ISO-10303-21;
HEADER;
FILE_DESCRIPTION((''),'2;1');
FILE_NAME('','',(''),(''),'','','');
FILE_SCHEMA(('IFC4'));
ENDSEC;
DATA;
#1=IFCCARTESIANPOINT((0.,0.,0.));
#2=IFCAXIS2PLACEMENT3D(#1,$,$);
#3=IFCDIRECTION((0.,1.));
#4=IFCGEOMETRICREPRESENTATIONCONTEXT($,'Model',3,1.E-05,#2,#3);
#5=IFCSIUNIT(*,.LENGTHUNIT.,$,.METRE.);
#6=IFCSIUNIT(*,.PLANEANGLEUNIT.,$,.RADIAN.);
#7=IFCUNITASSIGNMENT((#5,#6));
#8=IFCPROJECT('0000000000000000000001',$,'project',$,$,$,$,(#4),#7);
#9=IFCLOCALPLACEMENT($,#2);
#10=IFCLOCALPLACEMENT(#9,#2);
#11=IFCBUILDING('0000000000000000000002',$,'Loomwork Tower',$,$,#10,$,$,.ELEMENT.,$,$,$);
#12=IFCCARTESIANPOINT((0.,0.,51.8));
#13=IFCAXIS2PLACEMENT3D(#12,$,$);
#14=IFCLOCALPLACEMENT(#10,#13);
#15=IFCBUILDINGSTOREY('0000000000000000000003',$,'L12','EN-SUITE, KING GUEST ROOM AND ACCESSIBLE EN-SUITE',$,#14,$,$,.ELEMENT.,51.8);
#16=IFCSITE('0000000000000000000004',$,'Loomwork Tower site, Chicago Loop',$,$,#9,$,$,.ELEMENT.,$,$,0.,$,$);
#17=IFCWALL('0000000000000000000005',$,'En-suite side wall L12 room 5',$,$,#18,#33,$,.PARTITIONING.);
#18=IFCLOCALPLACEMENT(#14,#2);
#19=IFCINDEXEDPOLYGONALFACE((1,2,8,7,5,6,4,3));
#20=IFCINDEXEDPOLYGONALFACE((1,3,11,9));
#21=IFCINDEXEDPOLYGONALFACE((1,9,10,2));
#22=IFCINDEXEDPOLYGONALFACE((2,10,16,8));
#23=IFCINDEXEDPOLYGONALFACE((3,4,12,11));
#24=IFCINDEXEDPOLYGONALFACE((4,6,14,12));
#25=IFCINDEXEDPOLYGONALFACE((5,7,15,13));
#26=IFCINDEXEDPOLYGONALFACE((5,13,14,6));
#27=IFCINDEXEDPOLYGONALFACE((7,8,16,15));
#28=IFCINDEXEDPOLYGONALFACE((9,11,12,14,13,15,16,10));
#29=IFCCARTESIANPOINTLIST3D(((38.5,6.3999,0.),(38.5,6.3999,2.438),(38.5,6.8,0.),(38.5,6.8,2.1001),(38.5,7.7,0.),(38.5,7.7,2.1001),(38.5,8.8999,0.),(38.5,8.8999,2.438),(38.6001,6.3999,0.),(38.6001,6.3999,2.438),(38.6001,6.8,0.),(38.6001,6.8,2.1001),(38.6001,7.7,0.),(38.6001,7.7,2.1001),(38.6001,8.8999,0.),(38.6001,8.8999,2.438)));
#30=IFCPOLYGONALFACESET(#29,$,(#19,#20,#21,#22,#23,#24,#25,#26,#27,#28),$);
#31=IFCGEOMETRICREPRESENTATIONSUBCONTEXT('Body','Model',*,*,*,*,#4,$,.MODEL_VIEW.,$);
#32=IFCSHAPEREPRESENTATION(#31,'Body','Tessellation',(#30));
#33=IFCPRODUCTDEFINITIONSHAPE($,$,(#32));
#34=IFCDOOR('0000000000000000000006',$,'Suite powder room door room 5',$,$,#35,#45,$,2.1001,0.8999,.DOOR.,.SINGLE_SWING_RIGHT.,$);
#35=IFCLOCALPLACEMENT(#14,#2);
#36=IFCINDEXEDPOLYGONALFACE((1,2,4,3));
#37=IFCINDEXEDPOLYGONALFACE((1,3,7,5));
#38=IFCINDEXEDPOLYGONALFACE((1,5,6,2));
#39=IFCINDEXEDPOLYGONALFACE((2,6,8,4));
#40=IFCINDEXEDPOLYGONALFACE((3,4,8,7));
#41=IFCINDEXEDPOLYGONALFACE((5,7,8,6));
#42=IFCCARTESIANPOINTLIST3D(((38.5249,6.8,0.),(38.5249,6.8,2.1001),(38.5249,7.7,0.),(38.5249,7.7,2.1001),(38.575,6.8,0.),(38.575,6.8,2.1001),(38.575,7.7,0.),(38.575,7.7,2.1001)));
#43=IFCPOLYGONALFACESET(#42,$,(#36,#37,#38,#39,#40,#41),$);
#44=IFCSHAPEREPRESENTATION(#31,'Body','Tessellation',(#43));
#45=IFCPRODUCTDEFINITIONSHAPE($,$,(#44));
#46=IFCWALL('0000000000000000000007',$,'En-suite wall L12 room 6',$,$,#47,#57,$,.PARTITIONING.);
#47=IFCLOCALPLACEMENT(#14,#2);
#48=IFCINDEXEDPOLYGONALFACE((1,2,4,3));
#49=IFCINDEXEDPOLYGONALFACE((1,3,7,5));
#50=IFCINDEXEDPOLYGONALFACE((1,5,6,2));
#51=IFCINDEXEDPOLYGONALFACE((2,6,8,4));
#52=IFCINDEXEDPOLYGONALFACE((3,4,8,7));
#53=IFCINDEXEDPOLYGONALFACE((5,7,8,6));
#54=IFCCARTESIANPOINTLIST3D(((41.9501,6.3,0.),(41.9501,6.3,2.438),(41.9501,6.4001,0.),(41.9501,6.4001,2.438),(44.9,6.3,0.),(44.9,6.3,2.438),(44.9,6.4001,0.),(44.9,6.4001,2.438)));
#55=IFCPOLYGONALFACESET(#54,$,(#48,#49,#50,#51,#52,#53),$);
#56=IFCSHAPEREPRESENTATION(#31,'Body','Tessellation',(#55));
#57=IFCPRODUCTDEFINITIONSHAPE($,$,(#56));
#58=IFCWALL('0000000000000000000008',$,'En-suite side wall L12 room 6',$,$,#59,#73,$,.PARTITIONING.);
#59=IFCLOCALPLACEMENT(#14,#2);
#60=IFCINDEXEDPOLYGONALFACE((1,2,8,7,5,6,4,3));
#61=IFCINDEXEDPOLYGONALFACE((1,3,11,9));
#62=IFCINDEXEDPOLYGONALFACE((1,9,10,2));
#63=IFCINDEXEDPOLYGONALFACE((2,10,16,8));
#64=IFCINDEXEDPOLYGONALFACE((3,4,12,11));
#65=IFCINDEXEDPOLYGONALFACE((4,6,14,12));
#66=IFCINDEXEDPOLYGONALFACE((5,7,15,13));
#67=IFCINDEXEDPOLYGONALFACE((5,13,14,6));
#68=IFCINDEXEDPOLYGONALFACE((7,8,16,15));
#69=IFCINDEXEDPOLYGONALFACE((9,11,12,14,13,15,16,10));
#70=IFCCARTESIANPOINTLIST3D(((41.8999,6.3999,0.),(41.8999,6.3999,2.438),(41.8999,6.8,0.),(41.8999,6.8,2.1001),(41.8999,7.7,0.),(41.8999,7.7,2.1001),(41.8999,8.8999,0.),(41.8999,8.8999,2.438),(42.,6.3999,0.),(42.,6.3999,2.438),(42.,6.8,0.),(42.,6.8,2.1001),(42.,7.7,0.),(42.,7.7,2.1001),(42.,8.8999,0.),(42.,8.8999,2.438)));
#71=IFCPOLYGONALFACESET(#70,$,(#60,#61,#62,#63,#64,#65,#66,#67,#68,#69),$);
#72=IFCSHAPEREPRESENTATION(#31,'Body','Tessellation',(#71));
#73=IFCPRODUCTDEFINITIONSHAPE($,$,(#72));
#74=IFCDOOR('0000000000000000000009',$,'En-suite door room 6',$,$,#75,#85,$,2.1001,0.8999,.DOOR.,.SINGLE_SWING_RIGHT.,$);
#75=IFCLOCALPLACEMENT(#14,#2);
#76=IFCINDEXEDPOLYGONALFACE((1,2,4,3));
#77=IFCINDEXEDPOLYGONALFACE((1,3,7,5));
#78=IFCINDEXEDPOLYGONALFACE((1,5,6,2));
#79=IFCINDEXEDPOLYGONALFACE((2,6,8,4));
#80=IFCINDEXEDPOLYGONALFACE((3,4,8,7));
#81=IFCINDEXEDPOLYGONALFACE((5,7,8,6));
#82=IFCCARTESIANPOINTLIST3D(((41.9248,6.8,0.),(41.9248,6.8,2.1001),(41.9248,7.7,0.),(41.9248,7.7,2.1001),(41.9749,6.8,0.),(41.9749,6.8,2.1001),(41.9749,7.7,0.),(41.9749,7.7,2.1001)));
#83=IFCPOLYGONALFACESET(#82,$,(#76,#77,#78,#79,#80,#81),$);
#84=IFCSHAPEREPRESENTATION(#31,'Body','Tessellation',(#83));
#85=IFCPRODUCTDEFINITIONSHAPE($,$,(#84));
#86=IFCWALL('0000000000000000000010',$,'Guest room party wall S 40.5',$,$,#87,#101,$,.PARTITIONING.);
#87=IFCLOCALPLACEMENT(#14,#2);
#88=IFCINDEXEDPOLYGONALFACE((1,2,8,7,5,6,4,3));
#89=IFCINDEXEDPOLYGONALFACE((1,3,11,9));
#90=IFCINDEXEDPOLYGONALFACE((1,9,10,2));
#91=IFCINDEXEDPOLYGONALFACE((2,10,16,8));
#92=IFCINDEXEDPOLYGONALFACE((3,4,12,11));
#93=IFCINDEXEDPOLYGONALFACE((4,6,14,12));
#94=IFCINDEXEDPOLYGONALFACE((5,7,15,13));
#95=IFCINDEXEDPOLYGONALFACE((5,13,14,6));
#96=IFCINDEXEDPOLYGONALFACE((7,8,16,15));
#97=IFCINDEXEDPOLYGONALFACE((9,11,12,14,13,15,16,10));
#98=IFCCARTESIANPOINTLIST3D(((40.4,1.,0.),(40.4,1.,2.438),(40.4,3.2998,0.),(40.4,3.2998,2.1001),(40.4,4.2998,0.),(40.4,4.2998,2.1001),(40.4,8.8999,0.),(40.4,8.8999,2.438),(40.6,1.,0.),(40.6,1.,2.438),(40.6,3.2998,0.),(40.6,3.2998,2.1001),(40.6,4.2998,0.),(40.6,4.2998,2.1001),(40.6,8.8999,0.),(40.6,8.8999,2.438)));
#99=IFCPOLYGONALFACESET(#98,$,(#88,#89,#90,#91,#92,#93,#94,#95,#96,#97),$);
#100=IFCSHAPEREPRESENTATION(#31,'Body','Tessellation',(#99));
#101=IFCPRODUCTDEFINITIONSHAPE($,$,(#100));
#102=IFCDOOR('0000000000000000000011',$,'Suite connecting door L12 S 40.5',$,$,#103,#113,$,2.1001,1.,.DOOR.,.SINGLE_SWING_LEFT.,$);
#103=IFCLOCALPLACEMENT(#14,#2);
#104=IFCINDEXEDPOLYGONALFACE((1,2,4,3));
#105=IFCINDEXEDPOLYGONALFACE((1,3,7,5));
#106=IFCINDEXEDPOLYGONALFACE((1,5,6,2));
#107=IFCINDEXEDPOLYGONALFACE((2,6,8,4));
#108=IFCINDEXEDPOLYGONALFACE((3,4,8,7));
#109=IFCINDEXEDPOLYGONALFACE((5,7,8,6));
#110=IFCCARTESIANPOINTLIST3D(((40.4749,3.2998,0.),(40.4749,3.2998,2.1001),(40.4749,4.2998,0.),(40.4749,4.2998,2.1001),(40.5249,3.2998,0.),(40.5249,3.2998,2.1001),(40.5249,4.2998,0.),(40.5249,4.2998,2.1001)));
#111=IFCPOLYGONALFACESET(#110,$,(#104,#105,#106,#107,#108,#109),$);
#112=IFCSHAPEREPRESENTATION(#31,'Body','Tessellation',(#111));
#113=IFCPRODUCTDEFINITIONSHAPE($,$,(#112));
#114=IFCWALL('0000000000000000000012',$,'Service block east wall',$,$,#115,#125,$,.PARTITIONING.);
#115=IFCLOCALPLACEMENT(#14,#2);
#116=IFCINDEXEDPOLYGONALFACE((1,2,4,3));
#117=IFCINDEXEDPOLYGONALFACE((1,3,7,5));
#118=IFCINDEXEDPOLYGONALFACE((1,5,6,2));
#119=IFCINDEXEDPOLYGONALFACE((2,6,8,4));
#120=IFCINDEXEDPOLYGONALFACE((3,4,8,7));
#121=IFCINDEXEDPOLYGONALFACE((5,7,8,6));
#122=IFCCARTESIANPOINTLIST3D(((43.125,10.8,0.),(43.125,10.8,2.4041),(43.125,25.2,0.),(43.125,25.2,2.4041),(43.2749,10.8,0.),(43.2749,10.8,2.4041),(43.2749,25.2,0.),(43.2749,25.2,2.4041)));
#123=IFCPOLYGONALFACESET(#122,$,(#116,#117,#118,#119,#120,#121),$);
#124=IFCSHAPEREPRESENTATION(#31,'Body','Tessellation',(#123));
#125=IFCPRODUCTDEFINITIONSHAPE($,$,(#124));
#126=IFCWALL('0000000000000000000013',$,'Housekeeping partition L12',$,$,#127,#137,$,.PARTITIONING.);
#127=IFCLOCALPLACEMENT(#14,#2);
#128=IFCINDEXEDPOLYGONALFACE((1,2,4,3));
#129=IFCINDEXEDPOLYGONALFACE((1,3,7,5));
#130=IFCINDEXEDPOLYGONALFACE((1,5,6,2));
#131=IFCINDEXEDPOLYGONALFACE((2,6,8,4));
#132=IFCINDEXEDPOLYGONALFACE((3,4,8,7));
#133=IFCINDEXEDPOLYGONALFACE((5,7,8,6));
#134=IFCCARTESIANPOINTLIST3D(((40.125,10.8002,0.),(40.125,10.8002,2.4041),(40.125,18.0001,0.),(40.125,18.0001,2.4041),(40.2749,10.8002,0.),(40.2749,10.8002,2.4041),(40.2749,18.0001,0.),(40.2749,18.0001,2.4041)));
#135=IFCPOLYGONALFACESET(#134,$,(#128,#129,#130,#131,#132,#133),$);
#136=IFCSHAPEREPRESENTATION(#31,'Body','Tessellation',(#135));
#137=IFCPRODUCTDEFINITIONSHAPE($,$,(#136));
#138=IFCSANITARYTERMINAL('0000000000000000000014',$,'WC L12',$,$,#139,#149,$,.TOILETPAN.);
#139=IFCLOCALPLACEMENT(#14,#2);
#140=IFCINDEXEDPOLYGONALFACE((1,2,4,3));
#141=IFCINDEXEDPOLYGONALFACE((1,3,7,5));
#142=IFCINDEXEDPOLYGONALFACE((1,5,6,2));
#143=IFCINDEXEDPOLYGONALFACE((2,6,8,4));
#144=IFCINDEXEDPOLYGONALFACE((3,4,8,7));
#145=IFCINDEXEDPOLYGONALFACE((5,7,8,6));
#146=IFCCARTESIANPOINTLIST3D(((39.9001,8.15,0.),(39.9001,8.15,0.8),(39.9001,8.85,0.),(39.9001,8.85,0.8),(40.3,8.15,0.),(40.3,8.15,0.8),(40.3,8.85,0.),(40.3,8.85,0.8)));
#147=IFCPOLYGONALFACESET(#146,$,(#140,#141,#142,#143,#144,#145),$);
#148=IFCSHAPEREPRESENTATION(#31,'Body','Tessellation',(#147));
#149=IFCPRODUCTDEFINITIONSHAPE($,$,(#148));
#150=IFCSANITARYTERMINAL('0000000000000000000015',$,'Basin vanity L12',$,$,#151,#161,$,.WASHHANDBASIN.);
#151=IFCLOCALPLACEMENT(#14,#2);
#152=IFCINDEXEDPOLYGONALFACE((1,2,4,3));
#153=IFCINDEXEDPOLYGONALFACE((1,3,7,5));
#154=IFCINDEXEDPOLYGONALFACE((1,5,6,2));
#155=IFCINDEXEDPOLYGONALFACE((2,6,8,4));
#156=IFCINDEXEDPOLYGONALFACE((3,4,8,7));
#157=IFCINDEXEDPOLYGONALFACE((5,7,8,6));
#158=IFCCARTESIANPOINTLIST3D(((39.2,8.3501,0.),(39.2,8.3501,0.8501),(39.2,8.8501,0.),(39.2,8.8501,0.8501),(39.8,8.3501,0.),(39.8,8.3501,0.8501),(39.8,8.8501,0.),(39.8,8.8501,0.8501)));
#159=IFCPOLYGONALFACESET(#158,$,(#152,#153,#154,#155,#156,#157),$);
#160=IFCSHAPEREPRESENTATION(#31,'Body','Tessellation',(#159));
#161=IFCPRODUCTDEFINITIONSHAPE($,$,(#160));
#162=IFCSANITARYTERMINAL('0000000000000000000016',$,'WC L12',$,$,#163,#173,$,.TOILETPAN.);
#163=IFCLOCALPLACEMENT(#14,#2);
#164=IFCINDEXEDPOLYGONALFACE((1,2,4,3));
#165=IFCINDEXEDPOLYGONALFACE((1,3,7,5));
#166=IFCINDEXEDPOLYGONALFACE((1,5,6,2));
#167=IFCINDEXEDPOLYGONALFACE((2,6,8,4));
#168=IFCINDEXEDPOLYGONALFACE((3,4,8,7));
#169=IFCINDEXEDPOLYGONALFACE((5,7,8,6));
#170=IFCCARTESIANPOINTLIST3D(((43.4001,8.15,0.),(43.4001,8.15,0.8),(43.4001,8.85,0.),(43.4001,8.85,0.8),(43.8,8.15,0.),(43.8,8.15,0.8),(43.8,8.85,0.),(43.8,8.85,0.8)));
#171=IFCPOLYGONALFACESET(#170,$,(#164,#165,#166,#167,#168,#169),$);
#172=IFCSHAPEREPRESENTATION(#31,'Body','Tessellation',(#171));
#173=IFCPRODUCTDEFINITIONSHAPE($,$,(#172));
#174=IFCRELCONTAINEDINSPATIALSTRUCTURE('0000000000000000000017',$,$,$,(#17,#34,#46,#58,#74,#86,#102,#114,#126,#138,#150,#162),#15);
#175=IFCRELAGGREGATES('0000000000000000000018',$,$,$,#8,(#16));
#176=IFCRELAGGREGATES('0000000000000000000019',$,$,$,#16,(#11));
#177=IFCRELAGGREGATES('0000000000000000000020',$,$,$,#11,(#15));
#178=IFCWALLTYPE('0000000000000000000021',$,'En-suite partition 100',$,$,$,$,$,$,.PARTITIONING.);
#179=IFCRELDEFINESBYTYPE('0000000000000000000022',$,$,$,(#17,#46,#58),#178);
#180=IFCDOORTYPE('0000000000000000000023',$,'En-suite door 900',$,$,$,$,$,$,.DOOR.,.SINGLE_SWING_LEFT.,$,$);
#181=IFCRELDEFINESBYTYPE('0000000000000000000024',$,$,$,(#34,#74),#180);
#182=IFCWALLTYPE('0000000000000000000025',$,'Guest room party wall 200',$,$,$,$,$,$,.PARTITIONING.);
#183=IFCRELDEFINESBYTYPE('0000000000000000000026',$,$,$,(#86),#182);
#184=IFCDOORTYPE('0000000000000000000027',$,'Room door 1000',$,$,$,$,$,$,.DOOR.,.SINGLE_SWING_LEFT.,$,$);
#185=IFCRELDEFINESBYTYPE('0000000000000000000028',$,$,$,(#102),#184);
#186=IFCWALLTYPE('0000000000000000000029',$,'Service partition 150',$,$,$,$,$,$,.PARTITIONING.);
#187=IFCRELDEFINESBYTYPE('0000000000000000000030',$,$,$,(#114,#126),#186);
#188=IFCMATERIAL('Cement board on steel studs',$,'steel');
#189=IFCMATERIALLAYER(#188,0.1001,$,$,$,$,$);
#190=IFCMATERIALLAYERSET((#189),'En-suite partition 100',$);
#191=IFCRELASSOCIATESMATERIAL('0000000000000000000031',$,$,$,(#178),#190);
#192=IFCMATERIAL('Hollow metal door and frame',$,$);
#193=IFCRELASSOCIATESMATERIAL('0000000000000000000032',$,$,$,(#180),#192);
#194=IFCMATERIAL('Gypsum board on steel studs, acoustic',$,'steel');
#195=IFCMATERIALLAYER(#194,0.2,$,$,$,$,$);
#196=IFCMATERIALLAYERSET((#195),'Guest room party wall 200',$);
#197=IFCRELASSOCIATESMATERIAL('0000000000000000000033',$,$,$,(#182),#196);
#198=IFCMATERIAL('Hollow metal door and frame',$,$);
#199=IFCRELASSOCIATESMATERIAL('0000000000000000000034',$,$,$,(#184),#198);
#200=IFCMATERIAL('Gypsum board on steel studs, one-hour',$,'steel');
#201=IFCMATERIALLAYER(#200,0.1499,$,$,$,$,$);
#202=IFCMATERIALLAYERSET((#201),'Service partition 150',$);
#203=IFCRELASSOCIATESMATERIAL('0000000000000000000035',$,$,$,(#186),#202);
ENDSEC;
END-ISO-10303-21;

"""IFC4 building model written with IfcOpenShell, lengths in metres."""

from ifc_helpers import new_model, si_unit, direction, frame, frame_2d, origin, origin_2d, place, context, subcontext, project, spatial, rectangle, extrude, material, layer, layer_set, type_object, element, fill, save


model = new_model("IFC4")

# Units and contexts
model_context = context("Model", 3, precision=1e-05, world=origin(), true_north=direction((0.0, 1.0)))
body_context = subcontext(model_context, "Body", "Model", "MODEL_VIEW")
ifc_project = project(units=[si_unit("LENGTHUNIT", "METRE"), si_unit("PLANEANGLEUNIT", "RADIAN")], contexts=[model_context])

# Site, building, storey
site_placement = place(None, origin())
site = spatial("IfcSite", under=ifc_project, at=site_placement, Name="Loomwork Tower site, Chicago Loop", CompositionType="ELEMENT", RefElevation=0.0)
building_placement = place(site_placement, origin())
building = spatial("IfcBuilding", under=site, at=building_placement, Name="Loomwork Tower", CompositionType="ELEMENT")
storey_placement = place(building_placement, frame((0.0, 0.0, 51.8)))
storey = spatial("IfcBuildingStorey", under=building, at=storey_placement, Name="L12", Description="EN-SUITE, KING GUEST ROOM AND ACCESSIBLE EN-SUITE", CompositionType="ELEMENT", Elevation=51.8)

# Shared definitions
ifc_material_1 = material(Name="Cement board on steel studs", Category="steel")
ifc_layer_1 = layer(ifc_material_1, 0.1001)
ifc_layer_set_1 = layer_set([ifc_layer_1], Name="En-suite partition 100")
wall_type_1 = type_object("IfcWallType", Name="En-suite partition 100", PredefinedType="PARTITIONING", material=ifc_layer_set_1)

# Wall, opening, door
wall_1_placement = place(storey_placement, frame((38.55, 8.8999, 0.0), z_axis=(0.0, 0.0, 1.0), x_axis=(0.0, -1.0, 0.0)))
wall_1 = element("IfcWall", 1, at=wall_1_placement, inside=storey, type_object=wall_type_1, Name="En-suite side wall L12 room 5", PredefinedType="PARTITIONING", context=body_context, shape_type="SweptSolid", body=[
    extrude(rectangle(XDim=2.5, YDim=0.1001, at=frame_2d((1.25, 0.0))), origin(), (0.0, 0.0, 1.0), 2.438),
])
opening_1_placement = place(wall_1_placement, frame((1.2, 0.0, 0.0)))
opening_1 = element("IfcOpeningElement", 2, at=opening_1_placement, cuts=wall_1, PredefinedType="OPENING", context=body_context, shape_type="SweptSolid", body=[
    extrude(rectangle(XDim=0.8999, YDim=2.1001, at=frame_2d((0.45, 1.05))), frame((0.0, 0.0601, 0.0), z_axis=(0.0, -1.0, 0.0), x_axis=(1.0, 0.0, 0.0)), (0.0, 0.0, 1.0), 0.1201),
])
ifc_material_2 = material(Name="Hollow metal door and frame")
door_type_1 = type_object("IfcDoorType", Name="En-suite door 900", OperationType="SINGLE_SWING_LEFT", PredefinedType="DOOR", material=ifc_material_2)
door_1_placement = place(opening_1_placement, origin())
door_1 = element("IfcDoor", 3, at=door_1_placement, inside=storey, type_object=door_type_1, Name="Suite powder room door room 5", OperationType="SINGLE_SWING_RIGHT", OverallHeight=2.1001, OverallWidth=0.8999, PredefinedType="DOOR", context=body_context, shape_type="SweptSolid", body=[
    extrude(rectangle(XDim=0.8999, YDim=2.1001, at=frame_2d((0.45, 1.05))), frame((0.0, 0.0249, 0.0), z_axis=(0.0, -1.0, 0.0), x_axis=(1.0, 0.0, 0.0)), (0.0, 0.0, 1.0), 0.05),
])
fill(opening_1, door_1)

# Wall
wall_2_placement = place(storey_placement, frame((41.95, 6.3501, 0.0), z_axis=(0.0, 0.0, 1.0), x_axis=(1.0, 0.0, 0.0)))
element("IfcWall", 4, at=wall_2_placement, inside=storey, type_object=wall_type_1, Name="En-suite wall L12 room 6", PredefinedType="PARTITIONING", context=body_context, shape_type="SweptSolid", body=[
    extrude(rectangle(XDim=2.95, YDim=0.1001, at=frame_2d((1.4751, 0.0))), origin(), (0.0, 0.0, 1.0), 2.438),
])

# Walls, openings, doors
wall_3_placement = place(storey_placement, frame((41.95, 8.8999, 0.0), z_axis=(0.0, 0.0, 1.0), x_axis=(0.0, -1.0, 0.0)))
wall_3 = element("IfcWall", 5, at=wall_3_placement, inside=storey, type_object=wall_type_1, Name="En-suite side wall L12 room 6", PredefinedType="PARTITIONING", context=body_context, shape_type="SweptSolid", body=[
    extrude(rectangle(XDim=2.5, YDim=0.1001, at=frame_2d((1.25, 0.0))), origin(), (0.0, 0.0, 1.0), 2.438),
])
opening_2_placement = place(wall_3_placement, frame((1.2, 0.0, 0.0)))
opening_2 = element("IfcOpeningElement", 6, at=opening_2_placement, cuts=wall_3, PredefinedType="OPENING", context=body_context, shape_type="SweptSolid", body=[
    extrude(rectangle(XDim=0.8999, YDim=2.1001, at=frame_2d((0.45, 1.05))), frame((0.0, 0.0601, 0.0), z_axis=(0.0, -1.0, 0.0), x_axis=(1.0, 0.0, 0.0)), (0.0, 0.0, 1.0), 0.1201),
])
door_2_placement = place(opening_2_placement, origin())
door_2 = element("IfcDoor", 7, at=door_2_placement, inside=storey, type_object=door_type_1, Name="En-suite door room 6", OperationType="SINGLE_SWING_RIGHT", OverallHeight=2.1001, OverallWidth=0.8999, PredefinedType="DOOR", context=body_context, shape_type="SweptSolid", body=[
    extrude(rectangle(XDim=0.8999, YDim=2.1001, at=frame_2d((0.45, 1.05))), frame((0.0, 0.0249, 0.0), z_axis=(0.0, -1.0, 0.0), x_axis=(1.0, 0.0, 0.0)), (0.0, 0.0, 1.0), 0.05),
])
fill(opening_2, door_2)
ifc_material_3 = material(Name="Gypsum board on steel studs, acoustic", Category="steel")
ifc_layer_2 = layer(ifc_material_3, 0.2)
ifc_layer_set_2 = layer_set([ifc_layer_2], Name="Guest room party wall 200")
wall_type_2 = type_object("IfcWallType", Name="Guest room party wall 200", PredefinedType="PARTITIONING", material=ifc_layer_set_2)
wall_4_placement = place(storey_placement, frame((40.5, 8.8999, 0.0), z_axis=(0.0, 0.0, 1.0), x_axis=(0.0, -1.0, 0.0)))
wall_4 = element("IfcWall", 8, at=wall_4_placement, inside=storey, type_object=wall_type_2, Name="Guest room party wall S 40.5", PredefinedType="PARTITIONING", context=body_context, shape_type="SweptSolid", body=[
    extrude(rectangle(XDim=7.8999, YDim=0.2, at=frame_2d((3.95, 0.0))), origin(), (0.0, 0.0, 1.0), 2.438),
])
opening_3_placement = place(wall_4_placement, frame((4.6001, 0.0, 0.0)))
opening_3 = element("IfcOpeningElement", 9, at=opening_3_placement, cuts=wall_4, PredefinedType="OPENING", context=body_context, shape_type="SweptSolid", body=[
    extrude(rectangle(XDim=1.0, YDim=2.1001, at=frame_2d((0.5, 1.05))), frame((0.0, 0.1099, 0.0), z_axis=(0.0, -1.0, 0.0), x_axis=(1.0, 0.0, 0.0)), (0.0, 0.0, 1.0), 0.22),
])
ifc_material_4 = material(Name="Hollow metal door and frame")
door_type_2 = type_object("IfcDoorType", Name="Room door 1000", OperationType="SINGLE_SWING_LEFT", PredefinedType="DOOR", material=ifc_material_4)
door_3_placement = place(opening_3_placement, origin())
door_3 = element("IfcDoor", 10, at=door_3_placement, inside=storey, type_object=door_type_2, Name="Suite connecting door L12 S 40.5", OperationType="SINGLE_SWING_LEFT", OverallHeight=2.1001, OverallWidth=1.0, PredefinedType="DOOR", context=body_context, shape_type="SweptSolid", body=[
    extrude(rectangle(XDim=1.0, YDim=2.1001, at=frame_2d((0.5, 1.05))), frame((0.0, 0.0249, 0.0), z_axis=(0.0, -1.0, 0.0), x_axis=(1.0, 0.0, 0.0)), (0.0, 0.0, 1.0), 0.05),
])
fill(opening_3, door_3)

# Walls
ifc_material_5 = material(Name="Gypsum board on steel studs, one-hour", Category="steel")
ifc_layer_3 = layer(ifc_material_5, 0.1499)
ifc_layer_set_3 = layer_set([ifc_layer_3], Name="Service partition 150")
wall_type_3 = type_object("IfcWallType", Name="Service partition 150", PredefinedType="PARTITIONING", material=ifc_layer_set_3)
wall_5_placement = place(storey_placement, frame((43.2, 10.8, 0.0), z_axis=(0.0, 0.0, 1.0), x_axis=(0.0, 1.0, 0.0)))
element("IfcWall", 11, at=wall_5_placement, inside=storey, type_object=wall_type_3, Name="Service block east wall", PredefinedType="PARTITIONING", context=body_context, shape_type="SweptSolid", body=[
    extrude(rectangle(XDim=14.3999, YDim=0.1499, at=frame_2d((7.2, 0.0))), origin(), (0.0, 0.0, 1.0), 2.4041),
])
wall_6_placement = place(storey_placement, frame((40.2, 10.8, 0.0), z_axis=(0.0, 0.0, 1.0), x_axis=(0.0, 1.0, 0.0)))
element("IfcWall", 12, at=wall_6_placement, inside=storey, type_object=wall_type_3, Name="Housekeeping partition L12", PredefinedType="PARTITIONING", context=body_context, shape_type="SweptSolid", body=[
    extrude(rectangle(XDim=7.2, YDim=0.1499, at=frame_2d((3.6001, 0.0))), origin(), (0.0, 0.0, 1.0), 2.4041),
])

# Sanitary terminals
sanitary_terminal_1_placement = place(storey_placement, frame((40.1001, 8.5, 0.0), z_axis=(0.0, 0.0, 1.0), x_axis=(1.0, 0.0, 0.0)))
element("IfcSanitaryTerminal", 13, at=sanitary_terminal_1_placement, inside=storey, Name="WC L12", PredefinedType="TOILETPAN", context=body_context, shape_type="SweptSolid", body=[
    extrude(rectangle(XDim=0.3999, YDim=0.7, at=origin_2d()), origin(), (0.0, 0.0, 1.0), 0.8),
])
sanitary_terminal_2_placement = place(storey_placement, frame((39.5, 8.6001, 0.0), z_axis=(0.0, 0.0, 1.0), x_axis=(1.0, 0.0, 0.0)))
element("IfcSanitaryTerminal", 14, at=sanitary_terminal_2_placement, inside=storey, Name="Basin vanity L12", PredefinedType="WASHHANDBASIN", context=body_context, shape_type="SweptSolid", body=[
    extrude(rectangle(XDim=0.6001, YDim=0.5, at=origin_2d()), origin(), (0.0, 0.0, 1.0), 0.8501),
])
sanitary_terminal_3_placement = place(storey_placement, frame((43.6001, 8.5, 0.0), z_axis=(0.0, 0.0, 1.0), x_axis=(1.0, 0.0, 0.0)))
element("IfcSanitaryTerminal", 15, at=sanitary_terminal_3_placement, inside=storey, Name="WC L12", PredefinedType="TOILETPAN", context=body_context, shape_type="SweptSolid", body=[
    extrude(rectangle(XDim=0.3999, YDim=0.7, at=origin_2d()), origin(), (0.0, 0.0, 1.0), 0.8),
])

save(model, "model.ifc")
